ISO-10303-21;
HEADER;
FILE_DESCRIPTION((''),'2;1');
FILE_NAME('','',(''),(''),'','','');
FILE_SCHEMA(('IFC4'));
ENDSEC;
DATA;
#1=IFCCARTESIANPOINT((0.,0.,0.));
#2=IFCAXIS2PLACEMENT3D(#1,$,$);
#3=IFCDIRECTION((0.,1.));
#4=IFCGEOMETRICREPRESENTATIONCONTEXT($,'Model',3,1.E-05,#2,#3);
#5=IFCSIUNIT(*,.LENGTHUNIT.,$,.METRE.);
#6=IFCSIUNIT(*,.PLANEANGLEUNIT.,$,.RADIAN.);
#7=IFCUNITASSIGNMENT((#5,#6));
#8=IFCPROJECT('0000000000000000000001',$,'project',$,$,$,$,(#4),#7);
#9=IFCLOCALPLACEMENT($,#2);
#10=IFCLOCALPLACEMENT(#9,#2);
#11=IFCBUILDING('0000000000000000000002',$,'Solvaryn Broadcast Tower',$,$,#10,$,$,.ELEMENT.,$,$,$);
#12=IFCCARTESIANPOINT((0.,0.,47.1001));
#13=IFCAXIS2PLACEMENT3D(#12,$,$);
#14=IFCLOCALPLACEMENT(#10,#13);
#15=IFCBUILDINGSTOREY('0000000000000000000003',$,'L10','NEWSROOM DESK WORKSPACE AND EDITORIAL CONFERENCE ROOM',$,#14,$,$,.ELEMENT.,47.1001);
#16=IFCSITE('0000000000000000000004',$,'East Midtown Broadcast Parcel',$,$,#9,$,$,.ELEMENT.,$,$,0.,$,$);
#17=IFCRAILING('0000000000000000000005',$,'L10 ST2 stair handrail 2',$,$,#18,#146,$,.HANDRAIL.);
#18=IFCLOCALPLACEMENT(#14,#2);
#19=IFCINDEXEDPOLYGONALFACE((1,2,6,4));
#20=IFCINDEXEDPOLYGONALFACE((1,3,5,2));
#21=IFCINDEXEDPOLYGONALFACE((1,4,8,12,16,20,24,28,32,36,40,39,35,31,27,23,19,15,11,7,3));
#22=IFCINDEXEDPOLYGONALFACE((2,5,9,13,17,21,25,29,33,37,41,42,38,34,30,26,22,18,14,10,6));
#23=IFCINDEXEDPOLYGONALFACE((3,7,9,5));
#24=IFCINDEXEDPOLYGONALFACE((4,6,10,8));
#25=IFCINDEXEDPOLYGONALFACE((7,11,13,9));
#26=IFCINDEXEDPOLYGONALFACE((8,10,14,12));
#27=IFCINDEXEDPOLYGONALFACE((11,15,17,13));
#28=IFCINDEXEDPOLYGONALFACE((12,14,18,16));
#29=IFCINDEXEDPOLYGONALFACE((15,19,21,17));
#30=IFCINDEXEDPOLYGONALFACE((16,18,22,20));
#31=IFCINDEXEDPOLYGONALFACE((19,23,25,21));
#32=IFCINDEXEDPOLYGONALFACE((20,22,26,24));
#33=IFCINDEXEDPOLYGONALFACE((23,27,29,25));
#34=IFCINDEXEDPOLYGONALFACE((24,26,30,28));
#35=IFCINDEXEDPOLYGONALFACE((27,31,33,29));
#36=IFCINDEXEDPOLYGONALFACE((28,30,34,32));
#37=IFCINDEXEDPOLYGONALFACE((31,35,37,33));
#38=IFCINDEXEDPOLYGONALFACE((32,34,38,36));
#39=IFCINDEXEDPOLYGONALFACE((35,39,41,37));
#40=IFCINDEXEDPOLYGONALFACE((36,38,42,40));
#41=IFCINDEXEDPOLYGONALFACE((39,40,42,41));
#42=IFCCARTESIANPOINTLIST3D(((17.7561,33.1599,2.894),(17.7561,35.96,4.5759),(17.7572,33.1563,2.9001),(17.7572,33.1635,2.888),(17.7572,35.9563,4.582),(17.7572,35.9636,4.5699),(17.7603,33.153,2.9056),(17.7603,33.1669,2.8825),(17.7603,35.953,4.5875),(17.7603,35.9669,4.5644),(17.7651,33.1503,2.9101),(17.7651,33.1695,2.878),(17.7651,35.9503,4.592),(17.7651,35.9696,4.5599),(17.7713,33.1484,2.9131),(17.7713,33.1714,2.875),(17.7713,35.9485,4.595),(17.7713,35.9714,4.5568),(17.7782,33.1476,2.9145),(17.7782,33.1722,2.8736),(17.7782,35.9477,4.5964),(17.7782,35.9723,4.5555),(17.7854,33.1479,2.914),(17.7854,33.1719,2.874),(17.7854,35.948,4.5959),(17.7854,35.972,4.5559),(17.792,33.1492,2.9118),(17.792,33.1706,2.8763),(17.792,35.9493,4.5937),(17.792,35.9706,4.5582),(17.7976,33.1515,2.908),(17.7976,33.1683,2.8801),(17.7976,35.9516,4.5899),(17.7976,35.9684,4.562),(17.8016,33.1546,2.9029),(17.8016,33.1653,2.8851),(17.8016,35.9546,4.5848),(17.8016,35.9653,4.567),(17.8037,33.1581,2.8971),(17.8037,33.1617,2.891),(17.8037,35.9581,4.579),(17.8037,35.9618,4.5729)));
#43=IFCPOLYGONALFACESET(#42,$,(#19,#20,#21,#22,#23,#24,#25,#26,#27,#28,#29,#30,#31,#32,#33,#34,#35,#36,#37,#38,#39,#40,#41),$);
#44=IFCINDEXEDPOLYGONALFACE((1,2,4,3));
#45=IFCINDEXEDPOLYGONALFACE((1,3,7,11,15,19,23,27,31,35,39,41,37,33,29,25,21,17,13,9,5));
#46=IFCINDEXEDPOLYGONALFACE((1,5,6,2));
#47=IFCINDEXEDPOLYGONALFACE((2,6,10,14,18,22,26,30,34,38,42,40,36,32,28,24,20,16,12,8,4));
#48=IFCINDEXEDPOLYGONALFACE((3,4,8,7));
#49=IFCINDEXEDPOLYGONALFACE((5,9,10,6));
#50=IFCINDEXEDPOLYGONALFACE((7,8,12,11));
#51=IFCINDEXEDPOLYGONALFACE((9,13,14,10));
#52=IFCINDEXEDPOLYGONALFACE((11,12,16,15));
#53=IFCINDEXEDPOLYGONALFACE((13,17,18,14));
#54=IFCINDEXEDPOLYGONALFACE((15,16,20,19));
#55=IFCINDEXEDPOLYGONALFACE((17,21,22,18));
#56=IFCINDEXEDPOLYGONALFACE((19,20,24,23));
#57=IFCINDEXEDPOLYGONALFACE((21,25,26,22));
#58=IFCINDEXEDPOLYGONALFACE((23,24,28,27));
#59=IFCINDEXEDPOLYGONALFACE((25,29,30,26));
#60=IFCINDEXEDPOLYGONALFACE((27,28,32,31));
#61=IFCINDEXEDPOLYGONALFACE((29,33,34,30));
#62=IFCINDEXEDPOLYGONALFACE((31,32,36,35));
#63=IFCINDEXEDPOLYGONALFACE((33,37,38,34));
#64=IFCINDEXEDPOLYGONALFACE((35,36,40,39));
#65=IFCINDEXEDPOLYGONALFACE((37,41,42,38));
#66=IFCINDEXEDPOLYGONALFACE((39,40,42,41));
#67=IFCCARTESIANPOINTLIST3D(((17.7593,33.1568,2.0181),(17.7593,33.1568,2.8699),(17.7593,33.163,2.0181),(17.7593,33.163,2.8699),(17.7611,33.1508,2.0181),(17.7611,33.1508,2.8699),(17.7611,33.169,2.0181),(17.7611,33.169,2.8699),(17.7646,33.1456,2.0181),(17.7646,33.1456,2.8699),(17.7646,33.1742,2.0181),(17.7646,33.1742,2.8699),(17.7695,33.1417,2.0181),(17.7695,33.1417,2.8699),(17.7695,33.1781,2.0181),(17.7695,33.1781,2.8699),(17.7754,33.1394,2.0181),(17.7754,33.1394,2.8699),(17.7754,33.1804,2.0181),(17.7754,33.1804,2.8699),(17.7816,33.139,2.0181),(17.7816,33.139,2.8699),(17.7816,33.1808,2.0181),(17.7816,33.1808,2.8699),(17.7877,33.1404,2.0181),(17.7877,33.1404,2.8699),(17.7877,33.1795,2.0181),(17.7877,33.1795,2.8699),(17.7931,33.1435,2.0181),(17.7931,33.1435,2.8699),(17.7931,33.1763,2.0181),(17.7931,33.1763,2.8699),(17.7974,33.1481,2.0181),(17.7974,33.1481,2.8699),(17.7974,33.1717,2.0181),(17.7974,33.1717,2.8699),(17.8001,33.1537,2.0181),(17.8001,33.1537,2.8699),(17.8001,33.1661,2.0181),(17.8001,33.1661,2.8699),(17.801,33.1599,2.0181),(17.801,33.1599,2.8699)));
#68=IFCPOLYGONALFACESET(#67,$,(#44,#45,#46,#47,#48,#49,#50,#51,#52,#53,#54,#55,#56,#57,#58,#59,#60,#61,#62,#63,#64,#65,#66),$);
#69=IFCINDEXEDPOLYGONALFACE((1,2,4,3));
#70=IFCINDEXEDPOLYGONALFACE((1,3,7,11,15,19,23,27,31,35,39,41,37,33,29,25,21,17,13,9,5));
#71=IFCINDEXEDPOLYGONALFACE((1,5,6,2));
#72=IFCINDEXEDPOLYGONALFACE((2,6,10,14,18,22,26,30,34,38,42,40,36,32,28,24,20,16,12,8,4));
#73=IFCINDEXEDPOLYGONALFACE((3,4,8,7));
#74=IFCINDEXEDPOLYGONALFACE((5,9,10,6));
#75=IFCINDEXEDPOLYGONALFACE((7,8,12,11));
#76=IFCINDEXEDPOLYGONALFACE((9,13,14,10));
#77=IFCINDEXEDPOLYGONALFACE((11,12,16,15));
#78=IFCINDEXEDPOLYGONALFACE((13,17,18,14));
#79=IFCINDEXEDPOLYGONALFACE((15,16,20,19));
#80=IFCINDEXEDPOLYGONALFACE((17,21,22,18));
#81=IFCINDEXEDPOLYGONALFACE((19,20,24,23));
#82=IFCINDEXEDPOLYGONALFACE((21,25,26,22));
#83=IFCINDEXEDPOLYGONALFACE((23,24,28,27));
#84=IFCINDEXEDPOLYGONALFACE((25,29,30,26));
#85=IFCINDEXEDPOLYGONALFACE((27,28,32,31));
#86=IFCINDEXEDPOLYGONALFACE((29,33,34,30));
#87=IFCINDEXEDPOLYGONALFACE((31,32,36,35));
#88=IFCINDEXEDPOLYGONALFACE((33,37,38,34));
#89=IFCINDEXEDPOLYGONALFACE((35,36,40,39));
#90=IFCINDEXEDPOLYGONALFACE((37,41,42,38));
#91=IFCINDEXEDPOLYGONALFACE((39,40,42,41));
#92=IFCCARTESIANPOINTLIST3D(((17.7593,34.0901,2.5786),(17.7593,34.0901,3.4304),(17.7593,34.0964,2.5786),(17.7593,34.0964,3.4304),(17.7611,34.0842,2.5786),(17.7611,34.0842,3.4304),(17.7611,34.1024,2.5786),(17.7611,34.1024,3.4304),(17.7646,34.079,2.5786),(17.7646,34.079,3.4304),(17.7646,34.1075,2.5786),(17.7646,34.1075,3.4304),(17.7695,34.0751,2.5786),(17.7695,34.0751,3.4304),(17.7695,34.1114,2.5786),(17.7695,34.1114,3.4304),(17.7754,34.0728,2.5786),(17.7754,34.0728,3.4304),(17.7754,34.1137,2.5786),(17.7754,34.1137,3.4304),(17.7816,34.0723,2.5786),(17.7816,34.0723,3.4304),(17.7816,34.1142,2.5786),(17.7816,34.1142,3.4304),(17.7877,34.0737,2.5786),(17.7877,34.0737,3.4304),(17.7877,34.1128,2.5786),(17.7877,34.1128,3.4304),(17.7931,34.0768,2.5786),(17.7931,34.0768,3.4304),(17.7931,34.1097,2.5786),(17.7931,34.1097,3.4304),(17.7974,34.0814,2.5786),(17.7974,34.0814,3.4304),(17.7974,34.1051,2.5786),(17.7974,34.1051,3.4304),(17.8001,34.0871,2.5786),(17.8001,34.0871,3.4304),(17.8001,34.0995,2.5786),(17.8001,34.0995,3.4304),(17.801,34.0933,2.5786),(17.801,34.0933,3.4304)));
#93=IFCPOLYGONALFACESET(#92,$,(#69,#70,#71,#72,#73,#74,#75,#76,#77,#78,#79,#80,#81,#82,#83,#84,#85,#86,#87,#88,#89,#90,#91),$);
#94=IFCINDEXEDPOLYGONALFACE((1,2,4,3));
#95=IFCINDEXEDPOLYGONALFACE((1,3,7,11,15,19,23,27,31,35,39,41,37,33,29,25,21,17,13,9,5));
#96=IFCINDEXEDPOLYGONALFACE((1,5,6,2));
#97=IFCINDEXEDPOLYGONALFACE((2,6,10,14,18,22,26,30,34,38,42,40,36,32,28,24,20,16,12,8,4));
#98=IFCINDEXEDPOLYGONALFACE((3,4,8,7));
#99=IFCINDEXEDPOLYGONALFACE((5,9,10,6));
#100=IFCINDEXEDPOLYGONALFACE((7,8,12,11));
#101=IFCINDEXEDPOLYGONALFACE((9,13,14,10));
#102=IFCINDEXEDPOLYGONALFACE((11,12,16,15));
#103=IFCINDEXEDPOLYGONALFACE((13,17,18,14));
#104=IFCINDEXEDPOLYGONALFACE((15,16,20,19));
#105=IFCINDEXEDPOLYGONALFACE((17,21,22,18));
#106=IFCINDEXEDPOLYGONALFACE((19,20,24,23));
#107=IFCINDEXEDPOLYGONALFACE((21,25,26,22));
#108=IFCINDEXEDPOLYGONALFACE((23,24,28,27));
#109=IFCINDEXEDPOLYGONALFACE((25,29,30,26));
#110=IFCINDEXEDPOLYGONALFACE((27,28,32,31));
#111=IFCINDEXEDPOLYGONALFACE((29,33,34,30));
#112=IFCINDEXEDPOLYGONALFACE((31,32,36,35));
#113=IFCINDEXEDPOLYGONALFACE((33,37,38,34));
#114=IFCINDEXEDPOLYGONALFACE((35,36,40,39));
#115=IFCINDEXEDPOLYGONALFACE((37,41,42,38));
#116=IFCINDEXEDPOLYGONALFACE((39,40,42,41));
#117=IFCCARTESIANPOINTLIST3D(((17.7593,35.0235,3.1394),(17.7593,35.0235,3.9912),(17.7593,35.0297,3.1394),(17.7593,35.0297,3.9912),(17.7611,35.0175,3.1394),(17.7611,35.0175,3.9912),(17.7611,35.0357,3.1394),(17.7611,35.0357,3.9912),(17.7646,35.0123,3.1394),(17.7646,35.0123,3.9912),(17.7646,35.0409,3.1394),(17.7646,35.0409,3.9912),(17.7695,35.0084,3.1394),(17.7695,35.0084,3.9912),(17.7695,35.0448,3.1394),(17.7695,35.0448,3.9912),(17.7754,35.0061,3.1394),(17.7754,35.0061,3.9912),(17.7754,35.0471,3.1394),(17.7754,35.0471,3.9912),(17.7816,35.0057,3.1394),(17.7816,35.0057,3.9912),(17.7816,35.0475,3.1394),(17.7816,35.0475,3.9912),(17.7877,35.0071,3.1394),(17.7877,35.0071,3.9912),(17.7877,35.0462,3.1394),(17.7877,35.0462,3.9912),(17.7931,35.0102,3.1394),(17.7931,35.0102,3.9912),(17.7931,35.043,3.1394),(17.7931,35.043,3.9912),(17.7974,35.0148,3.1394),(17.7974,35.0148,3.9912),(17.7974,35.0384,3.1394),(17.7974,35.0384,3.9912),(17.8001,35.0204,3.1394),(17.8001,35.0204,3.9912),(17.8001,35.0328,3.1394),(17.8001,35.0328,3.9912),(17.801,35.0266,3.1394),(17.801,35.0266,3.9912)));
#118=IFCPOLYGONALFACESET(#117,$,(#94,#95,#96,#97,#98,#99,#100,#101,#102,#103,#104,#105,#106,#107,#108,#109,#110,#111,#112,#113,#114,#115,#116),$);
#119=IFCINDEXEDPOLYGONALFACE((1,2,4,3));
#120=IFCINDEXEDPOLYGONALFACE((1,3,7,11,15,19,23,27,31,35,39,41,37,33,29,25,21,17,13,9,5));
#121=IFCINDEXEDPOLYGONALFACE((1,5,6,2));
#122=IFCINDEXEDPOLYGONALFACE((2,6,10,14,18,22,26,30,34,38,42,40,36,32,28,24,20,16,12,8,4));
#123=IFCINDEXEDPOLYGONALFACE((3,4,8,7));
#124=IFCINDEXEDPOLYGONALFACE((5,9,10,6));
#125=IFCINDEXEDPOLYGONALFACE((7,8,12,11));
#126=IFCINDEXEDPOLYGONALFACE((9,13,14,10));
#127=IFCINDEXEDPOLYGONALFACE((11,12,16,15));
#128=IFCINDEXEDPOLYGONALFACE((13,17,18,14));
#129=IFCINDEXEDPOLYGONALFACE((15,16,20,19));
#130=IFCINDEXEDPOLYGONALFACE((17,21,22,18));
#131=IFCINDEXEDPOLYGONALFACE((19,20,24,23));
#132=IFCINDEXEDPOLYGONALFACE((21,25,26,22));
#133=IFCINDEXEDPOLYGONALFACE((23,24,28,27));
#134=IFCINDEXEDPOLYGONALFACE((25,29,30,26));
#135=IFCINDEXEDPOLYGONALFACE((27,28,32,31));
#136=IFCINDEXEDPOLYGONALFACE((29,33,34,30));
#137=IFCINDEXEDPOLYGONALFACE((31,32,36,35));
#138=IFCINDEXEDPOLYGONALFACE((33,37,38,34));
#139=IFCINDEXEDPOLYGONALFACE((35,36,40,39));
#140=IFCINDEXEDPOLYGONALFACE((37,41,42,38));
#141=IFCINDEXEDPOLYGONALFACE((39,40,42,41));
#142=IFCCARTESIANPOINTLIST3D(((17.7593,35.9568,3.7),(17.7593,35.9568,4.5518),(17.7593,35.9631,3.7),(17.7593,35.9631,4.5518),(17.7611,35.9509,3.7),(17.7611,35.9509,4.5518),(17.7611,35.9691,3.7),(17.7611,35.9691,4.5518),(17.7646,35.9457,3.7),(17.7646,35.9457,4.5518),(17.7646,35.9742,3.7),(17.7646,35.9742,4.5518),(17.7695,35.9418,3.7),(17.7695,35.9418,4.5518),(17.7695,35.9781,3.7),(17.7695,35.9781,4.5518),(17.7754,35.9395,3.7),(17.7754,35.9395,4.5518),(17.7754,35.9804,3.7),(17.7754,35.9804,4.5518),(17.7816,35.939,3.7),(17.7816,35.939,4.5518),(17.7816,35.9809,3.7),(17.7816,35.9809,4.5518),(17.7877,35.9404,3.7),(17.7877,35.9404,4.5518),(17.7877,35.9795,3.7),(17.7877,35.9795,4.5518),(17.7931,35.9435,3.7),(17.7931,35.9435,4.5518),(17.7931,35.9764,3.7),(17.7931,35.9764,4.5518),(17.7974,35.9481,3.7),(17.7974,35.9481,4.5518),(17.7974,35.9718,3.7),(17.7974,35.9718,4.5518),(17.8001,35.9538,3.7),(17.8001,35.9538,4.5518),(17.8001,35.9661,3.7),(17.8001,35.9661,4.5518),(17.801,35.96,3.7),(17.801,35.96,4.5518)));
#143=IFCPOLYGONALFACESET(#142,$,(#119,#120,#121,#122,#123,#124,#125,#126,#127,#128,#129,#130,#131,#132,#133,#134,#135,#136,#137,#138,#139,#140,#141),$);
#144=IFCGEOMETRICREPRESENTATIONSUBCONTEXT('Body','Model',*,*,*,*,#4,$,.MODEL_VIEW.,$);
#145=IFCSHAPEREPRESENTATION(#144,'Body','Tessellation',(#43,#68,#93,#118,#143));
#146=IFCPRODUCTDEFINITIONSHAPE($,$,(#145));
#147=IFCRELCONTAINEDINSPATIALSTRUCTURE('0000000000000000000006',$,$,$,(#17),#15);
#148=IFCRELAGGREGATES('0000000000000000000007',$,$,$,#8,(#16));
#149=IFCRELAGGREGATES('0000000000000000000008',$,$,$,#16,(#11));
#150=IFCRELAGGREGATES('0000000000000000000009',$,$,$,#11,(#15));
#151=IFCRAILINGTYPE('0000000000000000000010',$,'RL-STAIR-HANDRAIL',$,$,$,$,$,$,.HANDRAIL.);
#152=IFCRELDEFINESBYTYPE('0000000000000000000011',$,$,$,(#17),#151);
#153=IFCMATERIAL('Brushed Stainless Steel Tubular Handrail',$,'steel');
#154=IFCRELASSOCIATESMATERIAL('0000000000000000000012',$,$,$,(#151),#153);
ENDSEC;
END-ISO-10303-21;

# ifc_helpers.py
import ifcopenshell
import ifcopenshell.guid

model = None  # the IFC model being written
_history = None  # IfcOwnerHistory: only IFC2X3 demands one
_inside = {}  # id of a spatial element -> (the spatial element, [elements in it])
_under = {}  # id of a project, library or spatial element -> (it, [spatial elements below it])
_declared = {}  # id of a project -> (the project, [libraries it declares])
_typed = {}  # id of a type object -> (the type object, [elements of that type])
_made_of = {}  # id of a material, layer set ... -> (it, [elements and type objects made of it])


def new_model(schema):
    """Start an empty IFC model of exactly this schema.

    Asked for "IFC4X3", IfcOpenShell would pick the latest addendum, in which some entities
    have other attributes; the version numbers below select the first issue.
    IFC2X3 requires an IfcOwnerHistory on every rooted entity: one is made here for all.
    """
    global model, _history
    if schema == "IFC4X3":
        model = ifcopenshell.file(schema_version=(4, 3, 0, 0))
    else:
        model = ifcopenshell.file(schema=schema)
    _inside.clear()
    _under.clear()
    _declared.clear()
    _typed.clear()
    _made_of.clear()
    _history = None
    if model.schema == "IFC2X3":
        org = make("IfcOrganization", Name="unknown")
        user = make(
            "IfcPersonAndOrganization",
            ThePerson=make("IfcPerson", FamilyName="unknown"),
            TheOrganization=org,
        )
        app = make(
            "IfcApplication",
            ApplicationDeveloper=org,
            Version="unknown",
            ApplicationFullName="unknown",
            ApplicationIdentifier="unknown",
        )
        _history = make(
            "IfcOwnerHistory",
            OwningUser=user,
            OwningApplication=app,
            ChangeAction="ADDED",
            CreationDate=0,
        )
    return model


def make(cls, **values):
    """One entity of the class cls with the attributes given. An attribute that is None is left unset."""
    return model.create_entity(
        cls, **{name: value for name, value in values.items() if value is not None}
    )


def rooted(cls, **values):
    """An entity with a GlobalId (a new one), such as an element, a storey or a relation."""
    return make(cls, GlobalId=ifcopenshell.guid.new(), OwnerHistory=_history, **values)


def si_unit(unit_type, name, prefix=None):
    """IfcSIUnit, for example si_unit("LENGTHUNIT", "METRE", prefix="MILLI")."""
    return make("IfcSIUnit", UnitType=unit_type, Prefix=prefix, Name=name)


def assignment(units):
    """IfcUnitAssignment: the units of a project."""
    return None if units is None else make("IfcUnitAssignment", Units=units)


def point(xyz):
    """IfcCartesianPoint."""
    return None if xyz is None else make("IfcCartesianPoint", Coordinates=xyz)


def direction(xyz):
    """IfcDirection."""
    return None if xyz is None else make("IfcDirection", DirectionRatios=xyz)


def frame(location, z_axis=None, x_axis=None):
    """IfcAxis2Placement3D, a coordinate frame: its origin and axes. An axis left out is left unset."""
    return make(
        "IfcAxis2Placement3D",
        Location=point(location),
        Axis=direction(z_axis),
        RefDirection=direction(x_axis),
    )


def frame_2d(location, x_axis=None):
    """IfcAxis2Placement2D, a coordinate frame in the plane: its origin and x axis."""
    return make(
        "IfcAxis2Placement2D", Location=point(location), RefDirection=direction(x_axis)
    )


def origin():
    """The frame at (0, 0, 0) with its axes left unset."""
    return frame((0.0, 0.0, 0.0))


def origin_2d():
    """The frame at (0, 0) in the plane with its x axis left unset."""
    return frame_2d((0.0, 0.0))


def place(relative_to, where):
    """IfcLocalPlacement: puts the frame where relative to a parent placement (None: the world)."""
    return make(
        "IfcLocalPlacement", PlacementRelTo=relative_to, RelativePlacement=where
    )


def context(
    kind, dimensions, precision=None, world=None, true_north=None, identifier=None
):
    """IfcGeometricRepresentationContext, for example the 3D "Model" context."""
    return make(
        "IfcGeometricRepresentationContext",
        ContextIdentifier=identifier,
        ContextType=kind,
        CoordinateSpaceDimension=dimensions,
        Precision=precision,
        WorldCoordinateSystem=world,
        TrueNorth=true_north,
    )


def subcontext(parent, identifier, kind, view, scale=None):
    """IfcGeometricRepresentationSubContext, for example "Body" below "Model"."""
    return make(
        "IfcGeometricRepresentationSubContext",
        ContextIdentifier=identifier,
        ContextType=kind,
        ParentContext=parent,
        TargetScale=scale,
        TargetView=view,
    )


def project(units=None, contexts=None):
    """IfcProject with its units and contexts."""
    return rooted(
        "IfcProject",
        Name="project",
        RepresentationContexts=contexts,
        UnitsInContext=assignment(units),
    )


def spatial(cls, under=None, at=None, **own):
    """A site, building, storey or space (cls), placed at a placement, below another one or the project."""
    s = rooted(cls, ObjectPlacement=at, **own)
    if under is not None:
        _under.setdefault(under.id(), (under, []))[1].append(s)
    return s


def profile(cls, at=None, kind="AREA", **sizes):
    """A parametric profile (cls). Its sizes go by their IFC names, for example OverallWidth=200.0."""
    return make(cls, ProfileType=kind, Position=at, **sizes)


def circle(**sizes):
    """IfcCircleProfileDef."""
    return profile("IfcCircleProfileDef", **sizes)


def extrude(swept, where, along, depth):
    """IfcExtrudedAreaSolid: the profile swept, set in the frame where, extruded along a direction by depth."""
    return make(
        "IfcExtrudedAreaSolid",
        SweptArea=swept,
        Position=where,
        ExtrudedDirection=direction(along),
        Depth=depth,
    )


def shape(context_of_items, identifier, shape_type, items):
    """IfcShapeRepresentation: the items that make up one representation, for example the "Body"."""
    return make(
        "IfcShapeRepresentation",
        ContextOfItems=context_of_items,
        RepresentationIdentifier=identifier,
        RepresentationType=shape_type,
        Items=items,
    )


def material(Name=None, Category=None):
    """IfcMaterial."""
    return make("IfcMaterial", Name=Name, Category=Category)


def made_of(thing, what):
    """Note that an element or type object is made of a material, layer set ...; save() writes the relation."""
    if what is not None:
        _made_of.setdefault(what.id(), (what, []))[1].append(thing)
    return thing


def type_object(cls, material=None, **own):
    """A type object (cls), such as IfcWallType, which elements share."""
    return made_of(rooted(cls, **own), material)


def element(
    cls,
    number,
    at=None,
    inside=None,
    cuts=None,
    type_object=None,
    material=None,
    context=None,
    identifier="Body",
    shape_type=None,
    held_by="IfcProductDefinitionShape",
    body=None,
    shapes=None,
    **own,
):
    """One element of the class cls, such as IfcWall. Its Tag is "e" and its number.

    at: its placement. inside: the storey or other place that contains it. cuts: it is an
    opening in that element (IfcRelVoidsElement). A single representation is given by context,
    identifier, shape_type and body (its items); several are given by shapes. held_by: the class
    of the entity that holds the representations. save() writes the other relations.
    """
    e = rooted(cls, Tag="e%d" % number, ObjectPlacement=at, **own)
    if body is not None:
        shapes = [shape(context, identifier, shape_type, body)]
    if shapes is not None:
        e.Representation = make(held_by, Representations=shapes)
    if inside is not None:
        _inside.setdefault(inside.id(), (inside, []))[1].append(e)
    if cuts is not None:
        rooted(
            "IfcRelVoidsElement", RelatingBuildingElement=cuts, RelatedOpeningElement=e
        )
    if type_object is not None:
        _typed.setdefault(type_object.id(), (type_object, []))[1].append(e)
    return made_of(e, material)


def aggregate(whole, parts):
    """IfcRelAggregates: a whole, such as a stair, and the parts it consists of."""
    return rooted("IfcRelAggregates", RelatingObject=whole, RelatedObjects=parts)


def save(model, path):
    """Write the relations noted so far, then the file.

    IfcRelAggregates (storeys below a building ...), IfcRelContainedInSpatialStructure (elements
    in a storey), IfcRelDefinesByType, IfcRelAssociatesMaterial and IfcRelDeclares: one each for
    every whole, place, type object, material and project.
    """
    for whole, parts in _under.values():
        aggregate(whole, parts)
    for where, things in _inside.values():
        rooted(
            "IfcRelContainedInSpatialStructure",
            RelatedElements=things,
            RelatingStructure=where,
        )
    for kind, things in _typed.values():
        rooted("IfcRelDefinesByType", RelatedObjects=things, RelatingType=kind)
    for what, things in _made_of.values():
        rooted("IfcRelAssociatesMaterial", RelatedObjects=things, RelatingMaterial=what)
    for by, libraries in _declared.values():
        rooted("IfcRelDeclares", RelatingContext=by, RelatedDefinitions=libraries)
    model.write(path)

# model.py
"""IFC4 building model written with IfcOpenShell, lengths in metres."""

from ifc_helpers import new_model, si_unit, direction, frame, origin, origin_2d, place, context, subcontext, project, spatial, circle, extrude, material, type_object, element, save


model = new_model("IFC4")

# Units and contexts
model_context = context("Model", 3, precision=1e-05, world=origin(), true_north=direction((0.0, 1.0)))
body_context = subcontext(model_context, "Body", "Model", "MODEL_VIEW")
ifc_project = project(units=[si_unit("LENGTHUNIT", "METRE"), si_unit("PLANEANGLEUNIT", "RADIAN")], contexts=[model_context])

# Site, building, storey
site_placement = place(None, origin())
site = spatial("IfcSite", under=ifc_project, at=site_placement, Name="East Midtown Broadcast Parcel", CompositionType="ELEMENT", RefElevation=0.0)
building_placement = place(site_placement, origin())
building = spatial("IfcBuilding", under=site, at=building_placement, Name="Solvaryn Broadcast Tower", CompositionType="ELEMENT")
storey_placement = place(building_placement, frame((0.0, 0.0, 47.1001)))
storey = spatial("IfcBuildingStorey", under=building, at=storey_placement, Name="L10", Description="NEWSROOM DESK WORKSPACE AND EDITORIAL CONFERENCE ROOM", CompositionType="ELEMENT", Elevation=47.1001)

# Railing
ifc_material_1 = material(Name="Brushed Stainless Steel Tubular Handrail", Category="steel")
railing_type_1 = type_object("IfcRailingType", Name="RL-STAIR-HANDRAIL", PredefinedType="HANDRAIL", material=ifc_material_1)
railing_1_placement = place(storey_placement, frame((17.78, 33.1599, 2.0181)))
element("IfcRailing", 1, at=railing_1_placement, inside=storey, type_object=railing_type_1, Name="L10 ST2 stair handrail 2", PredefinedType="HANDRAIL", context=body_context, shape_type="SweptSolid", body=[
    extrude(circle(Radius=0.0239, at=origin_2d()), frame((0.0, 0.0, 0.876), z_axis=(0.0, 0.857242, 0.514913), x_axis=(-1.0, 0.0, 0.0)), (0.0, 0.0, 1.0), 3.2664),
    extrude(circle(Radius=0.021, at=origin_2d()), origin(), (0.0, 0.0, 1.0), 0.8518),
    extrude(circle(Radius=0.021, at=origin_2d()), frame((0.0, 0.9333, 0.5605)), (0.0, 0.0, 1.0), 0.8518),
    extrude(circle(Radius=0.021, at=origin_2d()), frame((0.0, 1.8667, 1.1213)), (0.0, 0.0, 1.0), 0.8518),
    extrude(circle(Radius=0.021, at=origin_2d()), frame((0.0, 2.8, 1.6819)), (0.0, 0.0, 1.0), 0.8518),
])

save(model, "model.ifc")
